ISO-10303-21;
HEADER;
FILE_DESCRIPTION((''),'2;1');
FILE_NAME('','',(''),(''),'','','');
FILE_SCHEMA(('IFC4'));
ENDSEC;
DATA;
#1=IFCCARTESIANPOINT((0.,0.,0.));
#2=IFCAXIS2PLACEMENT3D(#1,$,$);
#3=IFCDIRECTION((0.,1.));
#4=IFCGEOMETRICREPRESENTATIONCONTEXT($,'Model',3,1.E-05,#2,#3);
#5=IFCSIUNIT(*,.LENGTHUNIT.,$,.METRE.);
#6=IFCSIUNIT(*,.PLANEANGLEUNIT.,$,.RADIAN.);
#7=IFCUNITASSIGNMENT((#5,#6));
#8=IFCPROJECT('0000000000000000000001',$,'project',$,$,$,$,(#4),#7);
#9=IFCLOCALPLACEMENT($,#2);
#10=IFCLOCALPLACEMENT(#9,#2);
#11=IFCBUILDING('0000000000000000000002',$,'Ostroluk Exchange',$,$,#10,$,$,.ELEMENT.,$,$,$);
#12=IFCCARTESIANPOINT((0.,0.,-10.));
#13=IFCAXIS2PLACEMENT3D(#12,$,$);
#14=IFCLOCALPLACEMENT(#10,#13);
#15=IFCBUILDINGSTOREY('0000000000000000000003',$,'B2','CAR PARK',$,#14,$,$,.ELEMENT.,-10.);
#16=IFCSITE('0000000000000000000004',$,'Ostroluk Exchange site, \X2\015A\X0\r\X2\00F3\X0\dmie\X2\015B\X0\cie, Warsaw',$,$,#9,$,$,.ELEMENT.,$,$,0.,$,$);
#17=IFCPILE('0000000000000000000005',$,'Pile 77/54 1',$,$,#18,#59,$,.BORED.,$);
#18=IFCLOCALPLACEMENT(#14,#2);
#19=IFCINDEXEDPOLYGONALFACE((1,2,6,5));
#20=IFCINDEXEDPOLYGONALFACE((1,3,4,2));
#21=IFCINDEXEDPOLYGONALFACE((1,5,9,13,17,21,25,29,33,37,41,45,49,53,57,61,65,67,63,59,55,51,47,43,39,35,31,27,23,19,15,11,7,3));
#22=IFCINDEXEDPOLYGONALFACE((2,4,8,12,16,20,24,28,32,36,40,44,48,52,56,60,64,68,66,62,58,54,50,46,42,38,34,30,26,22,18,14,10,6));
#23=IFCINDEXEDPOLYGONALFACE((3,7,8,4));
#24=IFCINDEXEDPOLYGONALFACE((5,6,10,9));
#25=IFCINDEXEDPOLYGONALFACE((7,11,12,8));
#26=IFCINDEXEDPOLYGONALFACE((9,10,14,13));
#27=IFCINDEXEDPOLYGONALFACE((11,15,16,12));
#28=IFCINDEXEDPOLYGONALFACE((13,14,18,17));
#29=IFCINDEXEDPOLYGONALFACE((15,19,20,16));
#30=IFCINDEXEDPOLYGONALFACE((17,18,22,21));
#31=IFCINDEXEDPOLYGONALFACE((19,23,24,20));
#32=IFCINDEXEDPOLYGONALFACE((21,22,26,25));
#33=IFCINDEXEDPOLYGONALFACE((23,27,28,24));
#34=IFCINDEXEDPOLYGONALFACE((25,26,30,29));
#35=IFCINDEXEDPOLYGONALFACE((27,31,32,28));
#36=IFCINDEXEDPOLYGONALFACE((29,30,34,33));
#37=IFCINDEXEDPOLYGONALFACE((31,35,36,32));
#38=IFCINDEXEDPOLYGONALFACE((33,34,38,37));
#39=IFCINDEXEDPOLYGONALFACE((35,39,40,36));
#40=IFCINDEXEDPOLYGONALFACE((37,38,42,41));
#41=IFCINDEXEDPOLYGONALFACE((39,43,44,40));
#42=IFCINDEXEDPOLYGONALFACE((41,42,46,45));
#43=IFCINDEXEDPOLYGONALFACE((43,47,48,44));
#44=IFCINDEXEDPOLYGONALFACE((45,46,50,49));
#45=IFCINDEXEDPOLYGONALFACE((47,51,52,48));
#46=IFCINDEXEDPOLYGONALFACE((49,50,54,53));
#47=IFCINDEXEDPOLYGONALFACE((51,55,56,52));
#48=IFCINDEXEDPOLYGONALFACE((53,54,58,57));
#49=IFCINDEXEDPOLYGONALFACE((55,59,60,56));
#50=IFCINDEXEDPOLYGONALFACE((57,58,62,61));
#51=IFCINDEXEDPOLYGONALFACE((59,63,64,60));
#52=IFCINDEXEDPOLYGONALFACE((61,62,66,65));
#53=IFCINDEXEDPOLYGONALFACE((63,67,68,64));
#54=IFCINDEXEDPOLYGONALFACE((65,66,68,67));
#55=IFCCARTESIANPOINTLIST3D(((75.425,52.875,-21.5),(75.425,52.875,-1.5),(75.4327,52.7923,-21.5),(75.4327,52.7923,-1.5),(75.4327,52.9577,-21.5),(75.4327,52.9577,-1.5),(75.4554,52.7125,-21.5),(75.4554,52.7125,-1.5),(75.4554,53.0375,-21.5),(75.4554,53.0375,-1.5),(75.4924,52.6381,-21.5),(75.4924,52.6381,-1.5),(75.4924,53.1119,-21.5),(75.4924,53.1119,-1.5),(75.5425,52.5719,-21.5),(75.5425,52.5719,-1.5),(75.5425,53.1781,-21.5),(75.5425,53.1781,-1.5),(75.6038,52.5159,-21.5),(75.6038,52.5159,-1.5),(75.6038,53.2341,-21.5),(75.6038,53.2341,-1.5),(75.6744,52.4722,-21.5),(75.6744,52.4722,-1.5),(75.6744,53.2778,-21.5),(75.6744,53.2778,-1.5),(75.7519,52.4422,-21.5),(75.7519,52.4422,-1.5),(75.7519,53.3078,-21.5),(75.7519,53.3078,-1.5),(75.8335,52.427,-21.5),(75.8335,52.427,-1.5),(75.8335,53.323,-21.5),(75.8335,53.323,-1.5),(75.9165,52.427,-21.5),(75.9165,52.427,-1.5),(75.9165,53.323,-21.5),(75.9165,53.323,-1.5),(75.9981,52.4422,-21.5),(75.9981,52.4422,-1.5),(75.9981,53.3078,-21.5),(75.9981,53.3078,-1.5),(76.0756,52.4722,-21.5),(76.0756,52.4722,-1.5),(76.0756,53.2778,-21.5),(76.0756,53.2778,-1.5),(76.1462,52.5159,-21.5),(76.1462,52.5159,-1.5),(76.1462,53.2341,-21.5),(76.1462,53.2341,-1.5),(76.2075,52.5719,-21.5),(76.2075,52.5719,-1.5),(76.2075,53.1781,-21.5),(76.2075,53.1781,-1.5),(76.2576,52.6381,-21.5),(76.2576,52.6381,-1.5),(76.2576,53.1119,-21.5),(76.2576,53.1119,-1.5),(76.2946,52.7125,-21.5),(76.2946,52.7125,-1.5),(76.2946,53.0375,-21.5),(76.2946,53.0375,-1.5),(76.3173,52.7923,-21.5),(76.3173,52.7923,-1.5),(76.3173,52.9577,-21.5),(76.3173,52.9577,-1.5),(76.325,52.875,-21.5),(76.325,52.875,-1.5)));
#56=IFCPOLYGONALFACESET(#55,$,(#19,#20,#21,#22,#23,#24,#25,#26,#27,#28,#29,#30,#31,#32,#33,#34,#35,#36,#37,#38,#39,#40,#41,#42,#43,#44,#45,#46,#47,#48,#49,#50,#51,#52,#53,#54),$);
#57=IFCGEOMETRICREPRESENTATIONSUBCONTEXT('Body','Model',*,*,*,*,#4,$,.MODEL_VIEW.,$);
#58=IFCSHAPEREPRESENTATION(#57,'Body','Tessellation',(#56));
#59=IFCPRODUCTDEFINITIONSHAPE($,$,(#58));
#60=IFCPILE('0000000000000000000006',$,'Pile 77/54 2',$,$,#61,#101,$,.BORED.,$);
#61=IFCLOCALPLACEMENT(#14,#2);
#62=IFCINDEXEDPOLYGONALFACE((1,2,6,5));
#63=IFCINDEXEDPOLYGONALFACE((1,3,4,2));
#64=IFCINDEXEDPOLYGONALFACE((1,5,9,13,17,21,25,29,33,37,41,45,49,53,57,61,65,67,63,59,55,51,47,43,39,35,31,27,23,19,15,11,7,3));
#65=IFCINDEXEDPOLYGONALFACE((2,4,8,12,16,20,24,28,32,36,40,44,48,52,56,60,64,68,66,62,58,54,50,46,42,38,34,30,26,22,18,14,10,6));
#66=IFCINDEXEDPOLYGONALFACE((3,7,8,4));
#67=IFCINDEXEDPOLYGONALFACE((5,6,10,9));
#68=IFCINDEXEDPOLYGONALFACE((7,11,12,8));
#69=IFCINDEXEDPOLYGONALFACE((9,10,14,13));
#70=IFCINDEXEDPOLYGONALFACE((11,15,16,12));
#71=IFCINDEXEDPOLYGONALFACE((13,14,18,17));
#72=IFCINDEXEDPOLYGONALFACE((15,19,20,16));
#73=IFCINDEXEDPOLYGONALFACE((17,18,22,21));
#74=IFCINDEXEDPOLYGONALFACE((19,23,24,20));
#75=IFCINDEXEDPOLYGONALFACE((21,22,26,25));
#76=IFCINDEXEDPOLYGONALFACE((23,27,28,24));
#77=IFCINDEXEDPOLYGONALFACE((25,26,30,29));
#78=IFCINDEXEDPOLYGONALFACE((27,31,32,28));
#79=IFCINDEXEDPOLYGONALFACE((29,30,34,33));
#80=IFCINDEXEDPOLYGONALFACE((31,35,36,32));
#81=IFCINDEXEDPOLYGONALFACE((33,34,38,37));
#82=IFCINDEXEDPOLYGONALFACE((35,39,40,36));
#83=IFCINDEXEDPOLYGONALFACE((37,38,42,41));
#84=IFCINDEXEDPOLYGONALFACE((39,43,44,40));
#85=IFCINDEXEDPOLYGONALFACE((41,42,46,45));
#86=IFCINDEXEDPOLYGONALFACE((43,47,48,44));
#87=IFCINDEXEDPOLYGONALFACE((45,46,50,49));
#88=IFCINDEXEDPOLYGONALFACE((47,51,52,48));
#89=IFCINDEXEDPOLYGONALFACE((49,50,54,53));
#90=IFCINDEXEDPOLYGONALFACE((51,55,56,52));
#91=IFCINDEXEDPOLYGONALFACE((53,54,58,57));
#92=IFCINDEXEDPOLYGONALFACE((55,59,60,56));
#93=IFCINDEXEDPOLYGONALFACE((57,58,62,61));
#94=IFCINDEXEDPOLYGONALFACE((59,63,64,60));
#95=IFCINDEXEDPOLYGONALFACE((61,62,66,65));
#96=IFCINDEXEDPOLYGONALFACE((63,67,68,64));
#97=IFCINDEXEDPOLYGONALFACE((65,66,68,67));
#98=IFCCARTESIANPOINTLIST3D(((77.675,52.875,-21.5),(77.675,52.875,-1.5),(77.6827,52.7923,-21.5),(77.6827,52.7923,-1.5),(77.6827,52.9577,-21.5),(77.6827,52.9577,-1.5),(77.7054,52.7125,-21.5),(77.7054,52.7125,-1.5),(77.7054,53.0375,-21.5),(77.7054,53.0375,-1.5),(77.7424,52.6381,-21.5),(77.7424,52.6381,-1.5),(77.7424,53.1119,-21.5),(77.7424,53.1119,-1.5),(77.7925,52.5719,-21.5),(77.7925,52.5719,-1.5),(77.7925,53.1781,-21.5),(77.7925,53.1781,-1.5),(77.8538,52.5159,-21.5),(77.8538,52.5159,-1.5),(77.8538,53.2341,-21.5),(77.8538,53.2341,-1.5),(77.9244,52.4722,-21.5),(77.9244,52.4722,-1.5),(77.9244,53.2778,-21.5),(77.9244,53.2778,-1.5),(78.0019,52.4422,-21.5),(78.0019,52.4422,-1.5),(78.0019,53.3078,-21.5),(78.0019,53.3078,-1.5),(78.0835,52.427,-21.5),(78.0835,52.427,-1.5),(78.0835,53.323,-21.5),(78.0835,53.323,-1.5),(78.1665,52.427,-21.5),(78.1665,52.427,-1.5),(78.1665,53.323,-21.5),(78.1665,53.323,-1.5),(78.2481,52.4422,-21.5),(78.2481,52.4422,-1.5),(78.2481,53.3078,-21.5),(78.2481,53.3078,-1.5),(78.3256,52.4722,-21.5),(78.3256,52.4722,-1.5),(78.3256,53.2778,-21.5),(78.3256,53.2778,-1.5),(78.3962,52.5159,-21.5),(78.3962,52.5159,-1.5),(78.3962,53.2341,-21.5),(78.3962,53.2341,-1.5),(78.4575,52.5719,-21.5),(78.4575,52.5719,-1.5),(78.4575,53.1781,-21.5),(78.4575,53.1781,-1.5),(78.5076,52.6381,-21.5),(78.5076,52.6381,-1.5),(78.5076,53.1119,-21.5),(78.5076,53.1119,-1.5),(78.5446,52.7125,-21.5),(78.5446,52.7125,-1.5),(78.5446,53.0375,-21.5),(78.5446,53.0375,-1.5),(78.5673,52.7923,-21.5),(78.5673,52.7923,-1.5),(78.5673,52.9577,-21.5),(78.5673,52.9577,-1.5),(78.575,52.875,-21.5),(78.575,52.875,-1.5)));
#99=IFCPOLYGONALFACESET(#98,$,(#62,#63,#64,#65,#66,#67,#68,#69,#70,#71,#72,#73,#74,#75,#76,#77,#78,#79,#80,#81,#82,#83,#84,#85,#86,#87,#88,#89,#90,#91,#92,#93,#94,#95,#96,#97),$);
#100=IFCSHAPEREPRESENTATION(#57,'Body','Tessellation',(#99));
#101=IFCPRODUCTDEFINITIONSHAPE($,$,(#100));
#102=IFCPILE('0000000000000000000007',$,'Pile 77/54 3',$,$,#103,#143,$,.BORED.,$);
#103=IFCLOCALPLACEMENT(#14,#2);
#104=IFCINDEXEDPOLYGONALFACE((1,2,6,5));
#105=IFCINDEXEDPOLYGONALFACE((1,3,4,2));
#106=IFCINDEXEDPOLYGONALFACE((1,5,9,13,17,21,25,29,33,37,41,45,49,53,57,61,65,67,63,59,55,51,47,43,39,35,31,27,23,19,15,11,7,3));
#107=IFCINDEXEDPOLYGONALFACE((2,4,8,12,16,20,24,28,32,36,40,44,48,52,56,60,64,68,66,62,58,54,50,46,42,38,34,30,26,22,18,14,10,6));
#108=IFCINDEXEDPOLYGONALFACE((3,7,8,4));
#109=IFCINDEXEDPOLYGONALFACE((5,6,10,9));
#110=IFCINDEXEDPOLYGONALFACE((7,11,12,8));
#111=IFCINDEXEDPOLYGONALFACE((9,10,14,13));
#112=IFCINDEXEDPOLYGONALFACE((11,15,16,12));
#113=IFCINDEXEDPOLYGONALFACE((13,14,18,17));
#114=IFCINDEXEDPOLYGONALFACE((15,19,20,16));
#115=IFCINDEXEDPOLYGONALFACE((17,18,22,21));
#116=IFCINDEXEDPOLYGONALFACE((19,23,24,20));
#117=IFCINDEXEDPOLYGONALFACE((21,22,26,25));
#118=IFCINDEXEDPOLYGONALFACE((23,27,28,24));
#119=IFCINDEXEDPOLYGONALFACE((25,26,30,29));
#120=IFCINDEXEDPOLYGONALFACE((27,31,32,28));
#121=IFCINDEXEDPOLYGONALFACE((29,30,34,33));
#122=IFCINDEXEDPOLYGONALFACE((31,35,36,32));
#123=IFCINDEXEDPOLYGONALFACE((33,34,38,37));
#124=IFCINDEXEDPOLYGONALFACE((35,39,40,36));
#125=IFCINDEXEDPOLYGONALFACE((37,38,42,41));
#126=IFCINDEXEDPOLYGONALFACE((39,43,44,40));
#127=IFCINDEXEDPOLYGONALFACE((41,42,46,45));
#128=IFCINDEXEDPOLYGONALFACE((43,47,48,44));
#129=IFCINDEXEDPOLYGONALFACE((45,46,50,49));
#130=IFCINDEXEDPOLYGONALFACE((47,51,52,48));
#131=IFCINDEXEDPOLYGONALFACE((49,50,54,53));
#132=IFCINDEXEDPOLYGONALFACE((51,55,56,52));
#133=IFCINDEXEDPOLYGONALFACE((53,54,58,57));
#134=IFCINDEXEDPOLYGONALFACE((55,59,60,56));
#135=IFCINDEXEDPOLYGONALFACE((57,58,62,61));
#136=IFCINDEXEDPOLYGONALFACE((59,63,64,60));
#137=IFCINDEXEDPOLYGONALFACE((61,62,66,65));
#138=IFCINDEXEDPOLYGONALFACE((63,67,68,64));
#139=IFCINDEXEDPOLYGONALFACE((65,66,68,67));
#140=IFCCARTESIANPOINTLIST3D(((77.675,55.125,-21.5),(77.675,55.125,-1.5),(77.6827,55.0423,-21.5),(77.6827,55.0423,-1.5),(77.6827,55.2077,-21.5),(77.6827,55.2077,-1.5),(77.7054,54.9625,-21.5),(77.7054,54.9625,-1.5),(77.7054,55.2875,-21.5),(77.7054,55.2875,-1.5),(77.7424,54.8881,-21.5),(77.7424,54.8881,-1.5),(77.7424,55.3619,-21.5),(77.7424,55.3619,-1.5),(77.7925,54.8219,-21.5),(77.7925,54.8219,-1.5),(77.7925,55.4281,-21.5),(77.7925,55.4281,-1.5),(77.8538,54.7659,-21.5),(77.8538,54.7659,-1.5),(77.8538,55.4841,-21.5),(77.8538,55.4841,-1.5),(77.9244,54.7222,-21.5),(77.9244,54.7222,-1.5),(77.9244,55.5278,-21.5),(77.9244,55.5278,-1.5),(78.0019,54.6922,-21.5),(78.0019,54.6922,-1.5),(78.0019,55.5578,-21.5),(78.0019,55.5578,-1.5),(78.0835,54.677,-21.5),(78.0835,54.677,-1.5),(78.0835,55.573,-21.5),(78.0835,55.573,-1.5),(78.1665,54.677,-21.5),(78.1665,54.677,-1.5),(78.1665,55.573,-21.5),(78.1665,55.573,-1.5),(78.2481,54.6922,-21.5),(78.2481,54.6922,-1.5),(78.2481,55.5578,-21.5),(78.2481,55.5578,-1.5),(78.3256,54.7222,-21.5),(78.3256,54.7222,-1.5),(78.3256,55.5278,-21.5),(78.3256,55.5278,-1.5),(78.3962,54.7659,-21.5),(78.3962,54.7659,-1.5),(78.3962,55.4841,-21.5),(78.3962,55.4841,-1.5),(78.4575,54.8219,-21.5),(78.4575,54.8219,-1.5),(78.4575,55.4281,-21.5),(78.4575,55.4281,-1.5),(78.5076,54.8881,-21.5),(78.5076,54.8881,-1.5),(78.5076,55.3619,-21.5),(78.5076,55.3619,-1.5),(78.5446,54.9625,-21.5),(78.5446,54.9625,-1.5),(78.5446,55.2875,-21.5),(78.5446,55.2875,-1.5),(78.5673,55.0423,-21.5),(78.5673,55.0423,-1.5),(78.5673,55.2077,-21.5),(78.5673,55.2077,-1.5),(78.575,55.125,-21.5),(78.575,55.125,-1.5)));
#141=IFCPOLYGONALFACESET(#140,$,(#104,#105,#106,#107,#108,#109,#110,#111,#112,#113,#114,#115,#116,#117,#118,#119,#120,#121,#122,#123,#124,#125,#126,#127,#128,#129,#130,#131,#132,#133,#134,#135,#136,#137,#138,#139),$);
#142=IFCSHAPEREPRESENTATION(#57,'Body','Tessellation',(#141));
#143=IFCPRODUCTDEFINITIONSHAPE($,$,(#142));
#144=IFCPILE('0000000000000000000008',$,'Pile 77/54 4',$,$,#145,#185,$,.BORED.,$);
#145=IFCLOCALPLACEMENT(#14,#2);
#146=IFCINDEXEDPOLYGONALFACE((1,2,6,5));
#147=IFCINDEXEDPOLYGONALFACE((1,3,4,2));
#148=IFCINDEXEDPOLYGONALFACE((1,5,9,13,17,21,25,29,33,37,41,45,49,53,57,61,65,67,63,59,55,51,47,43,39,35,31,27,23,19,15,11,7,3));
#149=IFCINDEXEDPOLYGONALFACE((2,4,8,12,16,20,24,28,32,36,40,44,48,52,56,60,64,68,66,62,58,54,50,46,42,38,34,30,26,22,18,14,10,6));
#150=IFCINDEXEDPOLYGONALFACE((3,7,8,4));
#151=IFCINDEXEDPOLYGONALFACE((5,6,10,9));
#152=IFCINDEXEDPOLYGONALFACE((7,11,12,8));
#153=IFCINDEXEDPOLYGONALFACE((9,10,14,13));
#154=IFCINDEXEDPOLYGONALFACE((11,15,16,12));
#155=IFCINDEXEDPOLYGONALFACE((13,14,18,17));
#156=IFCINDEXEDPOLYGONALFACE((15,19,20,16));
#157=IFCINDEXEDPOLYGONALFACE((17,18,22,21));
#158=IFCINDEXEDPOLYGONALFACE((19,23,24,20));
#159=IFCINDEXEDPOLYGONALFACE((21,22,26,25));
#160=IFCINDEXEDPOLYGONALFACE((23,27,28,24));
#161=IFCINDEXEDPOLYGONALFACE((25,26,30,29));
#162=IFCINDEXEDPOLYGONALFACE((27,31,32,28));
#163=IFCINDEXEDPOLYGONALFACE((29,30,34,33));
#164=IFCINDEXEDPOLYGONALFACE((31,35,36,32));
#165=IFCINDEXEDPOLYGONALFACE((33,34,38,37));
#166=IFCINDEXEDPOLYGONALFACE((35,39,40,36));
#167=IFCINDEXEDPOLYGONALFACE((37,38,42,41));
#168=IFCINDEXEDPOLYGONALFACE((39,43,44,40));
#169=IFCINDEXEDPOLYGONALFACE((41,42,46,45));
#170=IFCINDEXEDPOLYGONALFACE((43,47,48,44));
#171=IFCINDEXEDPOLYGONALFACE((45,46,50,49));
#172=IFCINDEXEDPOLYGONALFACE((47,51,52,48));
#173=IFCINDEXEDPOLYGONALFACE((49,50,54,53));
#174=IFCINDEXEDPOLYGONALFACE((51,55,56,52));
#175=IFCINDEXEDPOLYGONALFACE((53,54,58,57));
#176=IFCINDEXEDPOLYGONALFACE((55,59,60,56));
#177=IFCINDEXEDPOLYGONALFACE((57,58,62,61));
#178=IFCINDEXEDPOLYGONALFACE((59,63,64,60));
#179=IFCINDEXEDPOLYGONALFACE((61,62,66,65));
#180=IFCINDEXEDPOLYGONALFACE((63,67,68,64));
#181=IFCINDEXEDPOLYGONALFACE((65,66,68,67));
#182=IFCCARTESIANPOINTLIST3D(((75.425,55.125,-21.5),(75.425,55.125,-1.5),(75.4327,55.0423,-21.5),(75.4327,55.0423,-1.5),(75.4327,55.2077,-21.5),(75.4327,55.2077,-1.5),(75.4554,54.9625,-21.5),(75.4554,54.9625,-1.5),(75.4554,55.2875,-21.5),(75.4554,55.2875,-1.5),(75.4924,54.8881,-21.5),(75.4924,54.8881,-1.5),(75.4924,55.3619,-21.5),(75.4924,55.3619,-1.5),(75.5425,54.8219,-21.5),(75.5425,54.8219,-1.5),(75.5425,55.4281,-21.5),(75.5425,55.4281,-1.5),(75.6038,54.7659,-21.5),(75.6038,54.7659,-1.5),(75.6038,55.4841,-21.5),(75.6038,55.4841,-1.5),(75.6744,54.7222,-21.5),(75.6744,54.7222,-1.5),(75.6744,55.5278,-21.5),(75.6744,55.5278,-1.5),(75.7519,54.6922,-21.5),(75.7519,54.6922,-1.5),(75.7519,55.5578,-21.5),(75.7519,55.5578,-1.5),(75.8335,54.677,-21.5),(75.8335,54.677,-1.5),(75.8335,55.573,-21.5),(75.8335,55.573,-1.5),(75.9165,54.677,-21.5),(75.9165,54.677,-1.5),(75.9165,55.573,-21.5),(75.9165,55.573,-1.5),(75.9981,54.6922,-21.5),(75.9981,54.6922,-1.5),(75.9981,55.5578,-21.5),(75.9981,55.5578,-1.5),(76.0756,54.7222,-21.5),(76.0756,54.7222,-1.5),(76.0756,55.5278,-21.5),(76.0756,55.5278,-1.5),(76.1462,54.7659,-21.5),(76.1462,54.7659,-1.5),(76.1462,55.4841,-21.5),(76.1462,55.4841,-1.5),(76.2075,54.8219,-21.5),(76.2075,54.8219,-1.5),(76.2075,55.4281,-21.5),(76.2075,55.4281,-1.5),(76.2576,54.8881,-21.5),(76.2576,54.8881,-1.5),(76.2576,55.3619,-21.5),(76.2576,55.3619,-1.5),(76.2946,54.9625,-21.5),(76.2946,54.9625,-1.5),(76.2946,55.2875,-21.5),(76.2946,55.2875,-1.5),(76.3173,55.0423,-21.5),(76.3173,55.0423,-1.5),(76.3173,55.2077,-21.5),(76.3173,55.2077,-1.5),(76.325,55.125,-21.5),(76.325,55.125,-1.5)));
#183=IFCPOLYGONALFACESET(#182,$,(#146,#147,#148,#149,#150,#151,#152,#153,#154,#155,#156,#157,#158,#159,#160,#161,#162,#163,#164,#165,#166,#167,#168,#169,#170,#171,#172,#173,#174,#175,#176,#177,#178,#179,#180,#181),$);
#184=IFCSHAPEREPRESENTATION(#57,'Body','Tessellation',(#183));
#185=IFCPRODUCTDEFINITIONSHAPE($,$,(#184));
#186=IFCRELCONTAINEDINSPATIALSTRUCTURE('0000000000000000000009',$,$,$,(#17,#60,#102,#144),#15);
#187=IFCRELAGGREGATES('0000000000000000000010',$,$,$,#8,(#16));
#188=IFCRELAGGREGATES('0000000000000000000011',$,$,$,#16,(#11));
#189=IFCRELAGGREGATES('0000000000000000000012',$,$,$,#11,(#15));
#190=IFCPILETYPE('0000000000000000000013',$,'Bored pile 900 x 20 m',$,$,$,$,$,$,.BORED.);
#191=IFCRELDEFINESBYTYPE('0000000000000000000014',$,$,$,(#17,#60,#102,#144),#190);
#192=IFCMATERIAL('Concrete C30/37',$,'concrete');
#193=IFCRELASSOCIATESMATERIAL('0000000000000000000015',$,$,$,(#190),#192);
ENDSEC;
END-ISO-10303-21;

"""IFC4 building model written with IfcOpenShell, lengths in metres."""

from ifc_helpers import new_model, si_unit, direction, frame, origin, origin_2d, place, context, subcontext, project, spatial, circle, extrude, material, type_object, element, save


model = new_model("IFC4")

# Units and contexts
model_context = context("Model", 3, precision=1e-05, world=origin(), true_north=direction((0.0, 1.0)))
body_context = subcontext(model_context, "Body", "Model", "MODEL_VIEW")
ifc_project = project(units=[si_unit("LENGTHUNIT", "METRE"), si_unit("PLANEANGLEUNIT", "RADIAN")], contexts=[model_context])

# Site, building, storey
site_placement = place(None, origin())
site = spatial("IfcSite", under=ifc_project, at=site_placement, Name="Ostroluk Exchange site, Śródmieście, Warsaw", CompositionType="ELEMENT", RefElevation=0.0)
building_placement = place(site_placement, origin())
building = spatial("IfcBuilding", under=site, at=building_placement, Name="Ostroluk Exchange", CompositionType="ELEMENT")
storey_placement = place(building_placement, frame((0.0, 0.0, -10.0)))
storey = spatial("IfcBuildingStorey", under=building, at=storey_placement, Name="B2", Description="CAR PARK", CompositionType="ELEMENT", Elevation=-10.0)

# Piles
ifc_material_1 = material(Name="Concrete C30/37", Category="concrete")
pile_type = type_object("IfcPileType", Name="Bored pile 900 x 20 m", PredefinedType="BORED", material=ifc_material_1)
for number, where, z_axis, x_axis, name in (
    (1, (75.875, 52.875, -1.5), (0.0, 0.0, -1.0), (1.0, 0.0, 0.0), "Pile 77/54 1"),
    (2, (78.125, 52.875, -1.5), (0.0, 0.0, -1.0), (1.0, 0.0, 0.0), "Pile 77/54 2"),
    (3, (78.125, 55.125, -1.5), (0.0, 0.0, -1.0), (1.0, 0.0, 0.0), "Pile 77/54 3"),
    (4, (75.875, 55.125, -1.5), (0.0, 0.0, -1.0), (1.0, 0.0, 0.0), "Pile 77/54 4"),
):
    element("IfcPile", number, at=place(storey_placement, frame(where, z_axis=z_axis, x_axis=x_axis)), inside=storey, type_object=pile_type, Name=name, PredefinedType="BORED", context=body_context, shape_type="SweptSolid", body=[
        extrude(circle(Radius=0.45, at=origin_2d()), origin(), (0.0, 0.0, 1.0), 20.0),
    ])

save(model, "model.ifc")
